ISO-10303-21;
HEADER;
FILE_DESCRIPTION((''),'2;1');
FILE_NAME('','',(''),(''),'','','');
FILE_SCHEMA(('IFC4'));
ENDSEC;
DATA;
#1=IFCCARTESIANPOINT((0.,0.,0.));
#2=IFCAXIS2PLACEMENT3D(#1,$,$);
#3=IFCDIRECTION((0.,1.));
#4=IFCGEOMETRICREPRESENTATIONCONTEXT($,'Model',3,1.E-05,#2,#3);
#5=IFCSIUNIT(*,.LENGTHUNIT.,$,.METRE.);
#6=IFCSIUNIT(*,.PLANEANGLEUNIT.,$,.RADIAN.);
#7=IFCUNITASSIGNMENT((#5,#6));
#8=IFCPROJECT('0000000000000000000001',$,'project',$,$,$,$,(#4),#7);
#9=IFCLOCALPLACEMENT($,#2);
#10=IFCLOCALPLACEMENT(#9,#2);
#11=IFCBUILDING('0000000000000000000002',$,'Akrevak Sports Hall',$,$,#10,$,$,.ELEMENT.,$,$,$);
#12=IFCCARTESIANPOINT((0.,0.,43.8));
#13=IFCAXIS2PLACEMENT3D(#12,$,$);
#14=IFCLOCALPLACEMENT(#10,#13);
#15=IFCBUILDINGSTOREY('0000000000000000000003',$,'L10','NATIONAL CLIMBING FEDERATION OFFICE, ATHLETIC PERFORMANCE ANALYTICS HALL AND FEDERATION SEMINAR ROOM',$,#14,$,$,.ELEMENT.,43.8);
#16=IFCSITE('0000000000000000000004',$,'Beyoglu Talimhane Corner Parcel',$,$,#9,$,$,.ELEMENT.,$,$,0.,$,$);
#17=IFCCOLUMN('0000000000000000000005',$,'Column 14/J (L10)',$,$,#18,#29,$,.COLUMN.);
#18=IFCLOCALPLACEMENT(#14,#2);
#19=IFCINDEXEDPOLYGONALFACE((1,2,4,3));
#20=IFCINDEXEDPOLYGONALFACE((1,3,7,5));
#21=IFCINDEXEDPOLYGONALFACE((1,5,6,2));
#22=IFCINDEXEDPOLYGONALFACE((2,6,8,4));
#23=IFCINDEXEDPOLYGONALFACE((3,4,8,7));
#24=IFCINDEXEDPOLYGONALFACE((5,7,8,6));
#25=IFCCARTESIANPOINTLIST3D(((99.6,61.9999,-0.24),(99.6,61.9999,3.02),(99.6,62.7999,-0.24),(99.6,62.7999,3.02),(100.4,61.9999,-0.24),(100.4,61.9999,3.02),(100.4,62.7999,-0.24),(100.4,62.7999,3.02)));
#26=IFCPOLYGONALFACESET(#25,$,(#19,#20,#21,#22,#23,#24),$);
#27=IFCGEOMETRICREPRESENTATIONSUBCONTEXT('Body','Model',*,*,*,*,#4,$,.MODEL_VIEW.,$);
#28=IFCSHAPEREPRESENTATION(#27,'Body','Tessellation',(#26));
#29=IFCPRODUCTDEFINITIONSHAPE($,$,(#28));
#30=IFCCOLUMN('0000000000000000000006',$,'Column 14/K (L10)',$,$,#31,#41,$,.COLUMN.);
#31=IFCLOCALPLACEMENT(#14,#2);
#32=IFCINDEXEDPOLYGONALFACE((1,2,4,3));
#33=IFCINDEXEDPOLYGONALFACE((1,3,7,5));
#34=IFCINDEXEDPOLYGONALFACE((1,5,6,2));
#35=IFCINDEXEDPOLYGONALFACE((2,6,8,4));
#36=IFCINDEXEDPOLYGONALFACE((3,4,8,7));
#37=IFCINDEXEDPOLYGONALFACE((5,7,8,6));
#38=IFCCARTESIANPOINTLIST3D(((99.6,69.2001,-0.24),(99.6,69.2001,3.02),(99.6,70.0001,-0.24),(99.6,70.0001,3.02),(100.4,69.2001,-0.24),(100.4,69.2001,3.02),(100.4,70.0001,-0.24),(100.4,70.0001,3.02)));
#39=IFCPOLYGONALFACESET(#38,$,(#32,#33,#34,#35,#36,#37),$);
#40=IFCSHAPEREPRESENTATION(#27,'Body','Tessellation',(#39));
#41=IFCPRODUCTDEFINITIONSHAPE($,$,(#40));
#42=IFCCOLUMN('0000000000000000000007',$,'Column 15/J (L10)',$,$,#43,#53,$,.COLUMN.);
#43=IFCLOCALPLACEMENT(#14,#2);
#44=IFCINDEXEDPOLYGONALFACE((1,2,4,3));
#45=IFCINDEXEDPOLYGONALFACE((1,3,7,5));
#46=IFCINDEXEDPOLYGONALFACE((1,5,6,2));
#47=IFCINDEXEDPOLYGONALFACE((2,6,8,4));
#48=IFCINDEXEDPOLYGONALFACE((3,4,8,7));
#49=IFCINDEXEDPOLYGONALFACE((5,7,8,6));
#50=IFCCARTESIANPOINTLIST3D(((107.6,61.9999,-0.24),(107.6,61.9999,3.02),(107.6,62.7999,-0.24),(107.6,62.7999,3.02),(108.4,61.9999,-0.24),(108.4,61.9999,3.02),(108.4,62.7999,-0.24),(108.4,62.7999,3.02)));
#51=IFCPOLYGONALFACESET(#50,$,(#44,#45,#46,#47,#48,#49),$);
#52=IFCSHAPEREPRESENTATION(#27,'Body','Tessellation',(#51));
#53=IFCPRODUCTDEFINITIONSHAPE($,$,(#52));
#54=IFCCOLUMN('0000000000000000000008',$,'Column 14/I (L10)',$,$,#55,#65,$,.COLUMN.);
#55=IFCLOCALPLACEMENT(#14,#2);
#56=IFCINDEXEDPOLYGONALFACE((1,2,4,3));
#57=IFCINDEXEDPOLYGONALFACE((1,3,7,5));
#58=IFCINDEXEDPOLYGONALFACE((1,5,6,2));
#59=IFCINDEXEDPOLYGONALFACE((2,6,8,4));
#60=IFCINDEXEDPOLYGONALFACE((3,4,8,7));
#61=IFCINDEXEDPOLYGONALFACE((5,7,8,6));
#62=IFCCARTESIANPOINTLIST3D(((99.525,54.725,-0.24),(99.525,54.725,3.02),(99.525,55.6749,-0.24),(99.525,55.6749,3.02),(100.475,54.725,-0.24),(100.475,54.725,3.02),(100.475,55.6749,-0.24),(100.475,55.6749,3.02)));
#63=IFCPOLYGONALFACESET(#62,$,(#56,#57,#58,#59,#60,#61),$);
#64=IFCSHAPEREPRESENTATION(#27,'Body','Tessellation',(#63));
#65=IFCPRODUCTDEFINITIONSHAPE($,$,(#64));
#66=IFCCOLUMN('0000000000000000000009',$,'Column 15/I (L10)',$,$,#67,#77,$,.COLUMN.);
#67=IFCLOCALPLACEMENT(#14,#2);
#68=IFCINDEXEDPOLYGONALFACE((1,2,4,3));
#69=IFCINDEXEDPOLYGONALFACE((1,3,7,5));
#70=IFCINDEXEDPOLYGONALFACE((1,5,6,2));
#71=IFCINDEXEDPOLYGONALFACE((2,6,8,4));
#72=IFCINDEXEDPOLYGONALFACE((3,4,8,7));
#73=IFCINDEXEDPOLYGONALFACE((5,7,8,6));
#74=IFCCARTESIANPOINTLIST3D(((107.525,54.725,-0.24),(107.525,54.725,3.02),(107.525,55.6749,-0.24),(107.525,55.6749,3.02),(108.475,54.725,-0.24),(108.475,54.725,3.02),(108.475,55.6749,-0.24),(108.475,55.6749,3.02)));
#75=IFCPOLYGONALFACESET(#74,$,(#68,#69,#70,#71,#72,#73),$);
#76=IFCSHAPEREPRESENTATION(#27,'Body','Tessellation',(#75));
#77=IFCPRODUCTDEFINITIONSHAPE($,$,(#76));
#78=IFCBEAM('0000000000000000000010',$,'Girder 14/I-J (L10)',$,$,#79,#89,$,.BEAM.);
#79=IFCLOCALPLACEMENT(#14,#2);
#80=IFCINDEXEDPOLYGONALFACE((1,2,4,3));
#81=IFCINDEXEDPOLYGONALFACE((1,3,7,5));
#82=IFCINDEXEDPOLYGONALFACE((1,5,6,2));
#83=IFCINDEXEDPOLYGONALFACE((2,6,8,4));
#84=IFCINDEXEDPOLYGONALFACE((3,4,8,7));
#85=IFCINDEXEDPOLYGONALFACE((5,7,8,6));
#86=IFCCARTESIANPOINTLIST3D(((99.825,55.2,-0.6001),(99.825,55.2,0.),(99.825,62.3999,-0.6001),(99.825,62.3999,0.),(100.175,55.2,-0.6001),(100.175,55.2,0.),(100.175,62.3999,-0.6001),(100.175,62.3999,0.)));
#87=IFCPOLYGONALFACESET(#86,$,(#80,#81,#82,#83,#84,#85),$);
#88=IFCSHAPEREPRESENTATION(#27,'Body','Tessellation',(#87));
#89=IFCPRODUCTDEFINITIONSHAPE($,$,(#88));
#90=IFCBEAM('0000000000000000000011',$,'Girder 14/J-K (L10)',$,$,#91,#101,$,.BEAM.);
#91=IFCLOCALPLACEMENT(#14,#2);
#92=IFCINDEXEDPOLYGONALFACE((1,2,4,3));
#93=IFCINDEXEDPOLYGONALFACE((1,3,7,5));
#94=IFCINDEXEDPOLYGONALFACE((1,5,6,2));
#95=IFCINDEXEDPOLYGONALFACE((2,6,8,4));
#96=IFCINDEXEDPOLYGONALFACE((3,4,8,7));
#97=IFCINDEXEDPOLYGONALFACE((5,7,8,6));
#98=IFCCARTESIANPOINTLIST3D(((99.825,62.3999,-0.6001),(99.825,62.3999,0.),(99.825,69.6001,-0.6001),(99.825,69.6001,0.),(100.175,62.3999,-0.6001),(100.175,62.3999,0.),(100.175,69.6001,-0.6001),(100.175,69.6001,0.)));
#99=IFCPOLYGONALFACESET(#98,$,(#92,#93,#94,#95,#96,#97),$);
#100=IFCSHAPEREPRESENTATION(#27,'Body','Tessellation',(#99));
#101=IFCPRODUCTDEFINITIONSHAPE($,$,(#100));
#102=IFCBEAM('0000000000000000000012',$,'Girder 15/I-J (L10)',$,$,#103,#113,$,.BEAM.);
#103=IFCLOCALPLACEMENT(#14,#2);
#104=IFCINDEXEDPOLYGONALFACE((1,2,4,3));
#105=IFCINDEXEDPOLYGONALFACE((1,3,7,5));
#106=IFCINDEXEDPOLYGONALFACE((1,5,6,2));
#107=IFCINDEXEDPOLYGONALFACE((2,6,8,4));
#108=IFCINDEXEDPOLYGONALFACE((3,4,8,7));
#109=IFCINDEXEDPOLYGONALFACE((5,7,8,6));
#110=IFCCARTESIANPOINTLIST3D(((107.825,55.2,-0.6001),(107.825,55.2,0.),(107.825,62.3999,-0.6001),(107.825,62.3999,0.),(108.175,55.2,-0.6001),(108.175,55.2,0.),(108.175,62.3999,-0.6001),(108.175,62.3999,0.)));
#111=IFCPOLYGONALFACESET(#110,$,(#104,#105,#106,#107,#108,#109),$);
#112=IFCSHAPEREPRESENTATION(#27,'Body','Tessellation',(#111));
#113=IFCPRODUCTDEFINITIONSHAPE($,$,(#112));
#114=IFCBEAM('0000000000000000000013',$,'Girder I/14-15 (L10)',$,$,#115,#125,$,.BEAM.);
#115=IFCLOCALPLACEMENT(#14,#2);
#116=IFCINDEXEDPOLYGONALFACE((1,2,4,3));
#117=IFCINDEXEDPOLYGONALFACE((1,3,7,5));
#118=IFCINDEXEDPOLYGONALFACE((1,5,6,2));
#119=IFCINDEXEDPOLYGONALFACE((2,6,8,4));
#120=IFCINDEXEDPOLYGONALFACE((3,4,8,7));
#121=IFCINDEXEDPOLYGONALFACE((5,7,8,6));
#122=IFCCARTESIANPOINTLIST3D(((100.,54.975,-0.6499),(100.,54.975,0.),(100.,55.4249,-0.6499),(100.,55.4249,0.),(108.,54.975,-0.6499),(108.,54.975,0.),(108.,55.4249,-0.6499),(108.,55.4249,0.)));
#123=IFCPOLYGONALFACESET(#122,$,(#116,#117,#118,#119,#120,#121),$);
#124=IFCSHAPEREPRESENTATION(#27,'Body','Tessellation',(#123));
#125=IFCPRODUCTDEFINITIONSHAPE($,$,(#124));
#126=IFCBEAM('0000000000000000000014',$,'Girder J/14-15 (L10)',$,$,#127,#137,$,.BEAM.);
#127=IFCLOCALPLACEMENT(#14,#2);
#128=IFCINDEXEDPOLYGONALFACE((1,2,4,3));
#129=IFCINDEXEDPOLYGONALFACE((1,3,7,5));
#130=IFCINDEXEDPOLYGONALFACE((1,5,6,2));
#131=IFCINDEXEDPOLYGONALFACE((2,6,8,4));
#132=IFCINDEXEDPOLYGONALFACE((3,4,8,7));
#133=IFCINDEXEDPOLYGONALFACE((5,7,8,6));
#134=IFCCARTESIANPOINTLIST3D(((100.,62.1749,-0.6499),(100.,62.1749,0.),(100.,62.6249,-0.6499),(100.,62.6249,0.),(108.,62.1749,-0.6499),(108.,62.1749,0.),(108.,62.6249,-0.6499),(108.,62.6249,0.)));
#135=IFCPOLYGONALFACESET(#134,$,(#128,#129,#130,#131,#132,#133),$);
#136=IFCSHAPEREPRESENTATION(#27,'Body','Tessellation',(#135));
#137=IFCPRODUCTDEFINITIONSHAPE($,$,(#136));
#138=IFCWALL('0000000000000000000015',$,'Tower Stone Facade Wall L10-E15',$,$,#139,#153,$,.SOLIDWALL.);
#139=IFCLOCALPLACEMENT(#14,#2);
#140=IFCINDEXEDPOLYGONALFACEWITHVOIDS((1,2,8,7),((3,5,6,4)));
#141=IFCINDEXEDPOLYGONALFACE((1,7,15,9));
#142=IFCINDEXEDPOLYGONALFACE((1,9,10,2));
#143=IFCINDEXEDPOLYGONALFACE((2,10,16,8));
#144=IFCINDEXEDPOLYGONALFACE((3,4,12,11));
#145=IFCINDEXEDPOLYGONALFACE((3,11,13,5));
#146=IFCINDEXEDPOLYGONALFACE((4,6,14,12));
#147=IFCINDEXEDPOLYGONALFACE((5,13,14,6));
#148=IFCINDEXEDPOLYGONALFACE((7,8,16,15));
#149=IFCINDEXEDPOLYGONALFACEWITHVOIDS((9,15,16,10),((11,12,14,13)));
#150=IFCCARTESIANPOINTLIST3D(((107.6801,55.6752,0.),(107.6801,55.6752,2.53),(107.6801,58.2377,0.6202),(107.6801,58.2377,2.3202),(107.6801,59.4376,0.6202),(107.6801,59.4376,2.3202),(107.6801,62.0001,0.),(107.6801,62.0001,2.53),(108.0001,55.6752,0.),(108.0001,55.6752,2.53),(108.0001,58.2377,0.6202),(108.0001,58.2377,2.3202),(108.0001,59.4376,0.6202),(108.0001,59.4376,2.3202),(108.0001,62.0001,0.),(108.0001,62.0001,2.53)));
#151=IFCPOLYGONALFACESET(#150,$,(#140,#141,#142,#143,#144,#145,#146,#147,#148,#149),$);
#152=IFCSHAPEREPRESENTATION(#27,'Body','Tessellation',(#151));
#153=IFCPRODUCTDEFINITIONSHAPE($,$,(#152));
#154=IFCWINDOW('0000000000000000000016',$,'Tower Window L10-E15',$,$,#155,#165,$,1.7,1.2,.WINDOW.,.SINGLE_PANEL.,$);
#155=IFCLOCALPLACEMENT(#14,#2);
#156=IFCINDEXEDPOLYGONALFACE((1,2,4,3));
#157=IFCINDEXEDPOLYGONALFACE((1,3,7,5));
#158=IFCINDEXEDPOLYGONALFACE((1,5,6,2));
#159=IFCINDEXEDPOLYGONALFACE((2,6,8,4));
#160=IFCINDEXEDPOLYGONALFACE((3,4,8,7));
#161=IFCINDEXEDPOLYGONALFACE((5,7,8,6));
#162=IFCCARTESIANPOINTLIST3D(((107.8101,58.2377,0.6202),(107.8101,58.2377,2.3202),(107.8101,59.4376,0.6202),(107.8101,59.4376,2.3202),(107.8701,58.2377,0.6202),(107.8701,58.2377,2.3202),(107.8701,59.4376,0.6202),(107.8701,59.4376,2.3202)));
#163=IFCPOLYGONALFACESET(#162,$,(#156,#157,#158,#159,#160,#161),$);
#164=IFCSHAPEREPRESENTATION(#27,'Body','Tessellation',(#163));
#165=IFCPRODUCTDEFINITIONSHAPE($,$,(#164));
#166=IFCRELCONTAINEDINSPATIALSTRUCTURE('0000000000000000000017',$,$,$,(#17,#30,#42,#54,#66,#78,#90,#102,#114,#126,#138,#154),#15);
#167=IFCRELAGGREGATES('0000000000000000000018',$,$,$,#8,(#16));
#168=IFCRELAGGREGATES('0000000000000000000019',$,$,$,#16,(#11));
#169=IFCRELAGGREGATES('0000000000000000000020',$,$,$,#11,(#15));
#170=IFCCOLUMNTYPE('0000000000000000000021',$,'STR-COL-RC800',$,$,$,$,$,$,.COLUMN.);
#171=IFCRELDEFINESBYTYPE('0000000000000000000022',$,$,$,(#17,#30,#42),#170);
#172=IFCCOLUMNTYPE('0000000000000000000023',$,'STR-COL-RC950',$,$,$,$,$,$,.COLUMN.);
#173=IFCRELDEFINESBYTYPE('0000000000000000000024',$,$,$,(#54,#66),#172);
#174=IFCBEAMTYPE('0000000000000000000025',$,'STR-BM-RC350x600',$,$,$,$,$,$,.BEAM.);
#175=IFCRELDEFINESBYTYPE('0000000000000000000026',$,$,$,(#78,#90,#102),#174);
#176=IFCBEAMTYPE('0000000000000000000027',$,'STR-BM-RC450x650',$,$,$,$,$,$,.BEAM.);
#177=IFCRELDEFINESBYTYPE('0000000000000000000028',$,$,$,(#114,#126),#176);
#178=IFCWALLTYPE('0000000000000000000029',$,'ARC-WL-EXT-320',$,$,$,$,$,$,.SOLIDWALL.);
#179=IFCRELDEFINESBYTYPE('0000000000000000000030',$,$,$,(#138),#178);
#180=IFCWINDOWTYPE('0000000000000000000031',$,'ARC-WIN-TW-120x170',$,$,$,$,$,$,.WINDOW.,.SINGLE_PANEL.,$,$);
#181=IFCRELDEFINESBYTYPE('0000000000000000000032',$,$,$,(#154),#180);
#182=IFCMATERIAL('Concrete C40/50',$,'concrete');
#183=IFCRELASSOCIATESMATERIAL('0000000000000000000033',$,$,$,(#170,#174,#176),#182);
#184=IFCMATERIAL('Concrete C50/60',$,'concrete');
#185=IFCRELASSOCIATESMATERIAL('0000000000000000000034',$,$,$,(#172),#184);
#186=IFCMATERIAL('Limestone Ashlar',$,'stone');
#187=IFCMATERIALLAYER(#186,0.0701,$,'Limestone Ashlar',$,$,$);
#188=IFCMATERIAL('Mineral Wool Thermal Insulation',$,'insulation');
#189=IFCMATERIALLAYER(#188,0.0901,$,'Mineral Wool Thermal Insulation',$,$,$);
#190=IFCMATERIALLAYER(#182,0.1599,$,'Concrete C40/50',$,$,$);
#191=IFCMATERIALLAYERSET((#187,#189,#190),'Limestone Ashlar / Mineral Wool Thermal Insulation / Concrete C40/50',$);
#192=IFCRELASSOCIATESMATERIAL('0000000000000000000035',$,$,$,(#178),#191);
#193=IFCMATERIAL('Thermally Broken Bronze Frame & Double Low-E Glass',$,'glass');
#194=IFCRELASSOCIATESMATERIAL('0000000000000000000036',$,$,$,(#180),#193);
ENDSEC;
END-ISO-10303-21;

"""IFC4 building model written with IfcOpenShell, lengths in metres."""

from ifc_helpers import new_model, si_unit, direction, frame, frame_2d, origin, origin_2d, place, context, subcontext, project, spatial, rectangle, extrude, material, layer, layer_set, material_profile, profile_set, type_object, element, fill, save


model = new_model("IFC4")

# Units and contexts
model_context = context("Model", 3, precision=1e-05, world=origin(), true_north=direction((0.0, 1.0)))
body_context = subcontext(model_context, "Body", "Model", "MODEL_VIEW")
ifc_project = project(units=[si_unit("LENGTHUNIT", "METRE"), si_unit("PLANEANGLEUNIT", "RADIAN")], contexts=[model_context])

# Site, building, storey
site_placement = place(None, origin())
site = spatial("IfcSite", under=ifc_project, at=site_placement, Name="Beyoglu Talimhane Corner Parcel", CompositionType="ELEMENT", RefElevation=0.0)
building_placement = place(site_placement, origin())
building = spatial("IfcBuilding", under=site, at=building_placement, Name="Akrevak Sports Hall", CompositionType="ELEMENT")
storey_placement = place(building_placement, frame((0.0, 0.0, 43.8)))
storey = spatial("IfcBuildingStorey", under=building, at=storey_placement, Name="L10", Description="NATIONAL CLIMBING FEDERATION OFFICE, ATHLETIC PERFORMANCE ANALYTICS HALL AND FEDERATION SEMINAR ROOM", CompositionType="ELEMENT", Elevation=43.8)

# Columns
ifc_material_1 = material(Name="Concrete C40/50", Category="concrete")
ifc_material_profile_1 = material_profile(ifc_material_1, rectangle(XDim=0.8, YDim=0.8, at=origin_2d()), Name="RC 800x800", Category="concrete")
ifc_profile_set_1 = profile_set([ifc_material_profile_1], Name="Concrete C40/50")
column_type_1 = type_object("IfcColumnType", Name="STR-COL-RC800", PredefinedType="COLUMN", material=ifc_profile_set_1)
for number, where, z_axis, x_axis, name in (
    (1, (100.0, 62.3999, -0.24), (0.0, 0.0, 1.0), (1.0, 0.0, 0.0), "Column 14/J (L10)"),
    (2, (100.0, 69.6001, -0.24), (0.0, 0.0, 1.0), (1.0, 0.0, 0.0), "Column 14/K (L10)"),
    (3, (108.0, 62.3999, -0.24), (0.0, 0.0, 1.0), (1.0, 0.0, 0.0), "Column 15/J (L10)"),
):
    element("IfcColumn", number, at=place(storey_placement, frame(where, z_axis=z_axis, x_axis=x_axis)), inside=storey, type_object=column_type_1, Name=name, PredefinedType="COLUMN", context=body_context, shape_type="SweptSolid", body=[
        extrude(rectangle(XDim=0.8, YDim=0.8, at=origin_2d()), origin(), (0.0, 0.0, 1.0), 3.26),
    ])
ifc_material_2 = material(Name="Concrete C50/60", Category="concrete")
ifc_material_profile_2 = material_profile(ifc_material_2, rectangle(XDim=0.95, YDim=0.95, at=origin_2d()), Name="RC 950x950", Category="concrete")
ifc_profile_set_2 = profile_set([ifc_material_profile_2], Name="Concrete C50/60")
column_type_2 = type_object("IfcColumnType", Name="STR-COL-RC950", PredefinedType="COLUMN", material=ifc_profile_set_2)
for number, where, z_axis, x_axis, name in (
    (4, (100.0, 55.2, -0.24), (0.0, 0.0, 1.0), (1.0, 0.0, 0.0), "Column 14/I (L10)"),
    (5, (108.0, 55.2, -0.24), (0.0, 0.0, 1.0), (1.0, 0.0, 0.0), "Column 15/I (L10)"),
):
    element("IfcColumn", number, at=place(storey_placement, frame(where, z_axis=z_axis, x_axis=x_axis)), inside=storey, type_object=column_type_2, Name=name, PredefinedType="COLUMN", context=body_context, shape_type="SweptSolid", body=[
        extrude(rectangle(XDim=0.95, YDim=0.95, at=origin_2d()), origin(), (0.0, 0.0, 1.0), 3.26),
    ])

# Beams
ifc_material_profile_3 = material_profile(ifc_material_1, rectangle(XDim=0.3501, YDim=0.6001, at=origin_2d()), Name="BM 350x600", Category="concrete")
ifc_profile_set_3 = profile_set([ifc_material_profile_3], Name="Concrete C40/50")
beam_type_1 = type_object("IfcBeamType", Name="STR-BM-RC350x600", PredefinedType="BEAM", material=ifc_profile_set_3)
beam_1_placement = place(storey_placement, frame((100.0, 55.2, -0.3), z_axis=(0.0, 1.0, 0.0), x_axis=(-1.0, 0.0, 0.0)))
element("IfcBeam", 6, at=beam_1_placement, inside=storey, type_object=beam_type_1, Name="Girder 14/I-J (L10)", PredefinedType="BEAM", context=body_context, shape_type="SweptSolid", body=[
    extrude(rectangle(XDim=0.3501, YDim=0.6001, at=origin_2d()), origin(), (0.0, 0.0, 1.0), 7.2),
])
beam_2_placement = place(storey_placement, frame((100.0, 62.3999, -0.3), z_axis=(0.0, 1.0, 0.0), x_axis=(-1.0, 0.0, 0.0)))
element("IfcBeam", 7, at=beam_2_placement, inside=storey, type_object=beam_type_1, Name="Girder 14/J-K (L10)", PredefinedType="BEAM", context=body_context, shape_type="SweptSolid", body=[
    extrude(rectangle(XDim=0.3501, YDim=0.6001, at=origin_2d()), origin(), (0.0, 0.0, 1.0), 7.2002),
])
beam_3_placement = place(storey_placement, frame((108.0, 55.2, -0.3), z_axis=(0.0, 1.0, 0.0), x_axis=(-1.0, 0.0, 0.0)))
element("IfcBeam", 8, at=beam_3_placement, inside=storey, type_object=beam_type_1, Name="Girder 15/I-J (L10)", PredefinedType="BEAM", context=body_context, shape_type="SweptSolid", body=[
    extrude(rectangle(XDim=0.3501, YDim=0.6001, at=origin_2d()), origin(), (0.0, 0.0, 1.0), 7.2),
])
ifc_material_profile_4 = material_profile(ifc_material_1, rectangle(XDim=0.45, YDim=0.6499, at=origin_2d()), Name="BM 450x650", Category="concrete")
ifc_profile_set_4 = profile_set([ifc_material_profile_4], Name="Concrete C40/50")
beam_type_2 = type_object("IfcBeamType", Name="STR-BM-RC450x650", PredefinedType="BEAM", material=ifc_profile_set_4)
for number, where, z_axis, x_axis, name in (
    (9, (100.0, 55.2, -0.325), (1.0, 0.0, 0.0), (0.0, 1.0, 0.0), "Girder I/14-15 (L10)"),
    (10, (100.0, 62.3999, -0.325), (1.0, 0.0, 0.0), (0.0, 1.0, 0.0), "Girder J/14-15 (L10)"),
):
    element("IfcBeam", number, at=place(storey_placement, frame(where, z_axis=z_axis, x_axis=x_axis)), inside=storey, type_object=beam_type_2, Name=name, PredefinedType="BEAM", context=body_context, shape_type="SweptSolid", body=[
        extrude(rectangle(XDim=0.45, YDim=0.6499, at=origin_2d()), origin(), (0.0, 0.0, 1.0), 8.0),
    ])

# Wall, opening, window
ifc_material_3 = material(Name="Limestone Ashlar", Category="stone")
ifc_layer_1 = layer(ifc_material_3, 0.0701, Name="Limestone Ashlar")
ifc_material_4 = material(Name="Mineral Wool Thermal Insulation", Category="insulation")
ifc_layer_2 = layer(ifc_material_4, 0.0901, Name="Mineral Wool Thermal Insulation")
ifc_layer_3 = layer(ifc_material_1, 0.1599, Name="Concrete C40/50")
ifc_layer_set_1 = layer_set([ifc_layer_1, ifc_layer_2, ifc_layer_3], Name="Limestone Ashlar / Mineral Wool Thermal Insulation / Concrete C40/50")
wall_type_1 = type_object("IfcWallType", Name="ARC-WL-EXT-320", PredefinedType="SOLIDWALL", material=ifc_layer_set_1)
wall_1_placement = place(storey_placement, frame((107.8401, 55.675, 0.0), z_axis=(0.0, 0.0, 1.0), x_axis=(0.0, 1.0, 0.0)))
wall_1 = element("IfcWall", 11, at=wall_1_placement, inside=storey, type_object=wall_type_1, Name="Tower Stone Facade Wall L10-E15", PredefinedType="SOLIDWALL", context=body_context, shape_type="SweptSolid", body=[
    extrude(rectangle(XDim=6.325, YDim=0.3201, at=frame_2d((3.1626, 0.0))), origin(), (0.0, 0.0, 1.0), 2.53),
])
opening_1_placement = place(wall_1_placement, frame((2.5625, 0.0, 0.6201)))
opening_1 = element("IfcOpeningElement", 12, at=opening_1_placement, cuts=wall_1, PredefinedType="OPENING", context=body_context, shape_type="SweptSolid", body=[
    extrude(rectangle(XDim=1.2, YDim=1.7, at=frame_2d((0.6001, 0.8501))), frame((0.0, 0.1719, 0.0), z_axis=(0.0, -1.0, 0.0), x_axis=(1.0, 0.0, 0.0)), (0.0, 0.0, 1.0), 0.344),
])
ifc_material_5 = material(Name="Thermally Broken Bronze Frame & Double Low-E Glass", Category="glass")
window_type_1 = type_object("IfcWindowType", Name="ARC-WIN-TW-120x170", PartitioningType="SINGLE_PANEL", PredefinedType="WINDOW", material=ifc_material_5)
window_1_placement = place(opening_1_placement, origin())
window_1 = element("IfcWindow", 13, at=window_1_placement, inside=storey, type_object=window_type_1, Name="Tower Window L10-E15", OverallHeight=1.7, OverallWidth=1.2, PartitioningType="SINGLE_PANEL", PredefinedType="WINDOW", context=body_context, shape_type="SweptSolid", body=[
    extrude(rectangle(XDim=1.2, YDim=1.7, at=frame_2d((0.6001, 0.8501))), frame((0.0, 0.03, 0.0), z_axis=(0.0, -1.0, 0.0), x_axis=(1.0, 0.0, 0.0)), (0.0, 0.0, 1.0), 0.0601),
])
fill(opening_1, window_1)

save(model, "model.ifc")
